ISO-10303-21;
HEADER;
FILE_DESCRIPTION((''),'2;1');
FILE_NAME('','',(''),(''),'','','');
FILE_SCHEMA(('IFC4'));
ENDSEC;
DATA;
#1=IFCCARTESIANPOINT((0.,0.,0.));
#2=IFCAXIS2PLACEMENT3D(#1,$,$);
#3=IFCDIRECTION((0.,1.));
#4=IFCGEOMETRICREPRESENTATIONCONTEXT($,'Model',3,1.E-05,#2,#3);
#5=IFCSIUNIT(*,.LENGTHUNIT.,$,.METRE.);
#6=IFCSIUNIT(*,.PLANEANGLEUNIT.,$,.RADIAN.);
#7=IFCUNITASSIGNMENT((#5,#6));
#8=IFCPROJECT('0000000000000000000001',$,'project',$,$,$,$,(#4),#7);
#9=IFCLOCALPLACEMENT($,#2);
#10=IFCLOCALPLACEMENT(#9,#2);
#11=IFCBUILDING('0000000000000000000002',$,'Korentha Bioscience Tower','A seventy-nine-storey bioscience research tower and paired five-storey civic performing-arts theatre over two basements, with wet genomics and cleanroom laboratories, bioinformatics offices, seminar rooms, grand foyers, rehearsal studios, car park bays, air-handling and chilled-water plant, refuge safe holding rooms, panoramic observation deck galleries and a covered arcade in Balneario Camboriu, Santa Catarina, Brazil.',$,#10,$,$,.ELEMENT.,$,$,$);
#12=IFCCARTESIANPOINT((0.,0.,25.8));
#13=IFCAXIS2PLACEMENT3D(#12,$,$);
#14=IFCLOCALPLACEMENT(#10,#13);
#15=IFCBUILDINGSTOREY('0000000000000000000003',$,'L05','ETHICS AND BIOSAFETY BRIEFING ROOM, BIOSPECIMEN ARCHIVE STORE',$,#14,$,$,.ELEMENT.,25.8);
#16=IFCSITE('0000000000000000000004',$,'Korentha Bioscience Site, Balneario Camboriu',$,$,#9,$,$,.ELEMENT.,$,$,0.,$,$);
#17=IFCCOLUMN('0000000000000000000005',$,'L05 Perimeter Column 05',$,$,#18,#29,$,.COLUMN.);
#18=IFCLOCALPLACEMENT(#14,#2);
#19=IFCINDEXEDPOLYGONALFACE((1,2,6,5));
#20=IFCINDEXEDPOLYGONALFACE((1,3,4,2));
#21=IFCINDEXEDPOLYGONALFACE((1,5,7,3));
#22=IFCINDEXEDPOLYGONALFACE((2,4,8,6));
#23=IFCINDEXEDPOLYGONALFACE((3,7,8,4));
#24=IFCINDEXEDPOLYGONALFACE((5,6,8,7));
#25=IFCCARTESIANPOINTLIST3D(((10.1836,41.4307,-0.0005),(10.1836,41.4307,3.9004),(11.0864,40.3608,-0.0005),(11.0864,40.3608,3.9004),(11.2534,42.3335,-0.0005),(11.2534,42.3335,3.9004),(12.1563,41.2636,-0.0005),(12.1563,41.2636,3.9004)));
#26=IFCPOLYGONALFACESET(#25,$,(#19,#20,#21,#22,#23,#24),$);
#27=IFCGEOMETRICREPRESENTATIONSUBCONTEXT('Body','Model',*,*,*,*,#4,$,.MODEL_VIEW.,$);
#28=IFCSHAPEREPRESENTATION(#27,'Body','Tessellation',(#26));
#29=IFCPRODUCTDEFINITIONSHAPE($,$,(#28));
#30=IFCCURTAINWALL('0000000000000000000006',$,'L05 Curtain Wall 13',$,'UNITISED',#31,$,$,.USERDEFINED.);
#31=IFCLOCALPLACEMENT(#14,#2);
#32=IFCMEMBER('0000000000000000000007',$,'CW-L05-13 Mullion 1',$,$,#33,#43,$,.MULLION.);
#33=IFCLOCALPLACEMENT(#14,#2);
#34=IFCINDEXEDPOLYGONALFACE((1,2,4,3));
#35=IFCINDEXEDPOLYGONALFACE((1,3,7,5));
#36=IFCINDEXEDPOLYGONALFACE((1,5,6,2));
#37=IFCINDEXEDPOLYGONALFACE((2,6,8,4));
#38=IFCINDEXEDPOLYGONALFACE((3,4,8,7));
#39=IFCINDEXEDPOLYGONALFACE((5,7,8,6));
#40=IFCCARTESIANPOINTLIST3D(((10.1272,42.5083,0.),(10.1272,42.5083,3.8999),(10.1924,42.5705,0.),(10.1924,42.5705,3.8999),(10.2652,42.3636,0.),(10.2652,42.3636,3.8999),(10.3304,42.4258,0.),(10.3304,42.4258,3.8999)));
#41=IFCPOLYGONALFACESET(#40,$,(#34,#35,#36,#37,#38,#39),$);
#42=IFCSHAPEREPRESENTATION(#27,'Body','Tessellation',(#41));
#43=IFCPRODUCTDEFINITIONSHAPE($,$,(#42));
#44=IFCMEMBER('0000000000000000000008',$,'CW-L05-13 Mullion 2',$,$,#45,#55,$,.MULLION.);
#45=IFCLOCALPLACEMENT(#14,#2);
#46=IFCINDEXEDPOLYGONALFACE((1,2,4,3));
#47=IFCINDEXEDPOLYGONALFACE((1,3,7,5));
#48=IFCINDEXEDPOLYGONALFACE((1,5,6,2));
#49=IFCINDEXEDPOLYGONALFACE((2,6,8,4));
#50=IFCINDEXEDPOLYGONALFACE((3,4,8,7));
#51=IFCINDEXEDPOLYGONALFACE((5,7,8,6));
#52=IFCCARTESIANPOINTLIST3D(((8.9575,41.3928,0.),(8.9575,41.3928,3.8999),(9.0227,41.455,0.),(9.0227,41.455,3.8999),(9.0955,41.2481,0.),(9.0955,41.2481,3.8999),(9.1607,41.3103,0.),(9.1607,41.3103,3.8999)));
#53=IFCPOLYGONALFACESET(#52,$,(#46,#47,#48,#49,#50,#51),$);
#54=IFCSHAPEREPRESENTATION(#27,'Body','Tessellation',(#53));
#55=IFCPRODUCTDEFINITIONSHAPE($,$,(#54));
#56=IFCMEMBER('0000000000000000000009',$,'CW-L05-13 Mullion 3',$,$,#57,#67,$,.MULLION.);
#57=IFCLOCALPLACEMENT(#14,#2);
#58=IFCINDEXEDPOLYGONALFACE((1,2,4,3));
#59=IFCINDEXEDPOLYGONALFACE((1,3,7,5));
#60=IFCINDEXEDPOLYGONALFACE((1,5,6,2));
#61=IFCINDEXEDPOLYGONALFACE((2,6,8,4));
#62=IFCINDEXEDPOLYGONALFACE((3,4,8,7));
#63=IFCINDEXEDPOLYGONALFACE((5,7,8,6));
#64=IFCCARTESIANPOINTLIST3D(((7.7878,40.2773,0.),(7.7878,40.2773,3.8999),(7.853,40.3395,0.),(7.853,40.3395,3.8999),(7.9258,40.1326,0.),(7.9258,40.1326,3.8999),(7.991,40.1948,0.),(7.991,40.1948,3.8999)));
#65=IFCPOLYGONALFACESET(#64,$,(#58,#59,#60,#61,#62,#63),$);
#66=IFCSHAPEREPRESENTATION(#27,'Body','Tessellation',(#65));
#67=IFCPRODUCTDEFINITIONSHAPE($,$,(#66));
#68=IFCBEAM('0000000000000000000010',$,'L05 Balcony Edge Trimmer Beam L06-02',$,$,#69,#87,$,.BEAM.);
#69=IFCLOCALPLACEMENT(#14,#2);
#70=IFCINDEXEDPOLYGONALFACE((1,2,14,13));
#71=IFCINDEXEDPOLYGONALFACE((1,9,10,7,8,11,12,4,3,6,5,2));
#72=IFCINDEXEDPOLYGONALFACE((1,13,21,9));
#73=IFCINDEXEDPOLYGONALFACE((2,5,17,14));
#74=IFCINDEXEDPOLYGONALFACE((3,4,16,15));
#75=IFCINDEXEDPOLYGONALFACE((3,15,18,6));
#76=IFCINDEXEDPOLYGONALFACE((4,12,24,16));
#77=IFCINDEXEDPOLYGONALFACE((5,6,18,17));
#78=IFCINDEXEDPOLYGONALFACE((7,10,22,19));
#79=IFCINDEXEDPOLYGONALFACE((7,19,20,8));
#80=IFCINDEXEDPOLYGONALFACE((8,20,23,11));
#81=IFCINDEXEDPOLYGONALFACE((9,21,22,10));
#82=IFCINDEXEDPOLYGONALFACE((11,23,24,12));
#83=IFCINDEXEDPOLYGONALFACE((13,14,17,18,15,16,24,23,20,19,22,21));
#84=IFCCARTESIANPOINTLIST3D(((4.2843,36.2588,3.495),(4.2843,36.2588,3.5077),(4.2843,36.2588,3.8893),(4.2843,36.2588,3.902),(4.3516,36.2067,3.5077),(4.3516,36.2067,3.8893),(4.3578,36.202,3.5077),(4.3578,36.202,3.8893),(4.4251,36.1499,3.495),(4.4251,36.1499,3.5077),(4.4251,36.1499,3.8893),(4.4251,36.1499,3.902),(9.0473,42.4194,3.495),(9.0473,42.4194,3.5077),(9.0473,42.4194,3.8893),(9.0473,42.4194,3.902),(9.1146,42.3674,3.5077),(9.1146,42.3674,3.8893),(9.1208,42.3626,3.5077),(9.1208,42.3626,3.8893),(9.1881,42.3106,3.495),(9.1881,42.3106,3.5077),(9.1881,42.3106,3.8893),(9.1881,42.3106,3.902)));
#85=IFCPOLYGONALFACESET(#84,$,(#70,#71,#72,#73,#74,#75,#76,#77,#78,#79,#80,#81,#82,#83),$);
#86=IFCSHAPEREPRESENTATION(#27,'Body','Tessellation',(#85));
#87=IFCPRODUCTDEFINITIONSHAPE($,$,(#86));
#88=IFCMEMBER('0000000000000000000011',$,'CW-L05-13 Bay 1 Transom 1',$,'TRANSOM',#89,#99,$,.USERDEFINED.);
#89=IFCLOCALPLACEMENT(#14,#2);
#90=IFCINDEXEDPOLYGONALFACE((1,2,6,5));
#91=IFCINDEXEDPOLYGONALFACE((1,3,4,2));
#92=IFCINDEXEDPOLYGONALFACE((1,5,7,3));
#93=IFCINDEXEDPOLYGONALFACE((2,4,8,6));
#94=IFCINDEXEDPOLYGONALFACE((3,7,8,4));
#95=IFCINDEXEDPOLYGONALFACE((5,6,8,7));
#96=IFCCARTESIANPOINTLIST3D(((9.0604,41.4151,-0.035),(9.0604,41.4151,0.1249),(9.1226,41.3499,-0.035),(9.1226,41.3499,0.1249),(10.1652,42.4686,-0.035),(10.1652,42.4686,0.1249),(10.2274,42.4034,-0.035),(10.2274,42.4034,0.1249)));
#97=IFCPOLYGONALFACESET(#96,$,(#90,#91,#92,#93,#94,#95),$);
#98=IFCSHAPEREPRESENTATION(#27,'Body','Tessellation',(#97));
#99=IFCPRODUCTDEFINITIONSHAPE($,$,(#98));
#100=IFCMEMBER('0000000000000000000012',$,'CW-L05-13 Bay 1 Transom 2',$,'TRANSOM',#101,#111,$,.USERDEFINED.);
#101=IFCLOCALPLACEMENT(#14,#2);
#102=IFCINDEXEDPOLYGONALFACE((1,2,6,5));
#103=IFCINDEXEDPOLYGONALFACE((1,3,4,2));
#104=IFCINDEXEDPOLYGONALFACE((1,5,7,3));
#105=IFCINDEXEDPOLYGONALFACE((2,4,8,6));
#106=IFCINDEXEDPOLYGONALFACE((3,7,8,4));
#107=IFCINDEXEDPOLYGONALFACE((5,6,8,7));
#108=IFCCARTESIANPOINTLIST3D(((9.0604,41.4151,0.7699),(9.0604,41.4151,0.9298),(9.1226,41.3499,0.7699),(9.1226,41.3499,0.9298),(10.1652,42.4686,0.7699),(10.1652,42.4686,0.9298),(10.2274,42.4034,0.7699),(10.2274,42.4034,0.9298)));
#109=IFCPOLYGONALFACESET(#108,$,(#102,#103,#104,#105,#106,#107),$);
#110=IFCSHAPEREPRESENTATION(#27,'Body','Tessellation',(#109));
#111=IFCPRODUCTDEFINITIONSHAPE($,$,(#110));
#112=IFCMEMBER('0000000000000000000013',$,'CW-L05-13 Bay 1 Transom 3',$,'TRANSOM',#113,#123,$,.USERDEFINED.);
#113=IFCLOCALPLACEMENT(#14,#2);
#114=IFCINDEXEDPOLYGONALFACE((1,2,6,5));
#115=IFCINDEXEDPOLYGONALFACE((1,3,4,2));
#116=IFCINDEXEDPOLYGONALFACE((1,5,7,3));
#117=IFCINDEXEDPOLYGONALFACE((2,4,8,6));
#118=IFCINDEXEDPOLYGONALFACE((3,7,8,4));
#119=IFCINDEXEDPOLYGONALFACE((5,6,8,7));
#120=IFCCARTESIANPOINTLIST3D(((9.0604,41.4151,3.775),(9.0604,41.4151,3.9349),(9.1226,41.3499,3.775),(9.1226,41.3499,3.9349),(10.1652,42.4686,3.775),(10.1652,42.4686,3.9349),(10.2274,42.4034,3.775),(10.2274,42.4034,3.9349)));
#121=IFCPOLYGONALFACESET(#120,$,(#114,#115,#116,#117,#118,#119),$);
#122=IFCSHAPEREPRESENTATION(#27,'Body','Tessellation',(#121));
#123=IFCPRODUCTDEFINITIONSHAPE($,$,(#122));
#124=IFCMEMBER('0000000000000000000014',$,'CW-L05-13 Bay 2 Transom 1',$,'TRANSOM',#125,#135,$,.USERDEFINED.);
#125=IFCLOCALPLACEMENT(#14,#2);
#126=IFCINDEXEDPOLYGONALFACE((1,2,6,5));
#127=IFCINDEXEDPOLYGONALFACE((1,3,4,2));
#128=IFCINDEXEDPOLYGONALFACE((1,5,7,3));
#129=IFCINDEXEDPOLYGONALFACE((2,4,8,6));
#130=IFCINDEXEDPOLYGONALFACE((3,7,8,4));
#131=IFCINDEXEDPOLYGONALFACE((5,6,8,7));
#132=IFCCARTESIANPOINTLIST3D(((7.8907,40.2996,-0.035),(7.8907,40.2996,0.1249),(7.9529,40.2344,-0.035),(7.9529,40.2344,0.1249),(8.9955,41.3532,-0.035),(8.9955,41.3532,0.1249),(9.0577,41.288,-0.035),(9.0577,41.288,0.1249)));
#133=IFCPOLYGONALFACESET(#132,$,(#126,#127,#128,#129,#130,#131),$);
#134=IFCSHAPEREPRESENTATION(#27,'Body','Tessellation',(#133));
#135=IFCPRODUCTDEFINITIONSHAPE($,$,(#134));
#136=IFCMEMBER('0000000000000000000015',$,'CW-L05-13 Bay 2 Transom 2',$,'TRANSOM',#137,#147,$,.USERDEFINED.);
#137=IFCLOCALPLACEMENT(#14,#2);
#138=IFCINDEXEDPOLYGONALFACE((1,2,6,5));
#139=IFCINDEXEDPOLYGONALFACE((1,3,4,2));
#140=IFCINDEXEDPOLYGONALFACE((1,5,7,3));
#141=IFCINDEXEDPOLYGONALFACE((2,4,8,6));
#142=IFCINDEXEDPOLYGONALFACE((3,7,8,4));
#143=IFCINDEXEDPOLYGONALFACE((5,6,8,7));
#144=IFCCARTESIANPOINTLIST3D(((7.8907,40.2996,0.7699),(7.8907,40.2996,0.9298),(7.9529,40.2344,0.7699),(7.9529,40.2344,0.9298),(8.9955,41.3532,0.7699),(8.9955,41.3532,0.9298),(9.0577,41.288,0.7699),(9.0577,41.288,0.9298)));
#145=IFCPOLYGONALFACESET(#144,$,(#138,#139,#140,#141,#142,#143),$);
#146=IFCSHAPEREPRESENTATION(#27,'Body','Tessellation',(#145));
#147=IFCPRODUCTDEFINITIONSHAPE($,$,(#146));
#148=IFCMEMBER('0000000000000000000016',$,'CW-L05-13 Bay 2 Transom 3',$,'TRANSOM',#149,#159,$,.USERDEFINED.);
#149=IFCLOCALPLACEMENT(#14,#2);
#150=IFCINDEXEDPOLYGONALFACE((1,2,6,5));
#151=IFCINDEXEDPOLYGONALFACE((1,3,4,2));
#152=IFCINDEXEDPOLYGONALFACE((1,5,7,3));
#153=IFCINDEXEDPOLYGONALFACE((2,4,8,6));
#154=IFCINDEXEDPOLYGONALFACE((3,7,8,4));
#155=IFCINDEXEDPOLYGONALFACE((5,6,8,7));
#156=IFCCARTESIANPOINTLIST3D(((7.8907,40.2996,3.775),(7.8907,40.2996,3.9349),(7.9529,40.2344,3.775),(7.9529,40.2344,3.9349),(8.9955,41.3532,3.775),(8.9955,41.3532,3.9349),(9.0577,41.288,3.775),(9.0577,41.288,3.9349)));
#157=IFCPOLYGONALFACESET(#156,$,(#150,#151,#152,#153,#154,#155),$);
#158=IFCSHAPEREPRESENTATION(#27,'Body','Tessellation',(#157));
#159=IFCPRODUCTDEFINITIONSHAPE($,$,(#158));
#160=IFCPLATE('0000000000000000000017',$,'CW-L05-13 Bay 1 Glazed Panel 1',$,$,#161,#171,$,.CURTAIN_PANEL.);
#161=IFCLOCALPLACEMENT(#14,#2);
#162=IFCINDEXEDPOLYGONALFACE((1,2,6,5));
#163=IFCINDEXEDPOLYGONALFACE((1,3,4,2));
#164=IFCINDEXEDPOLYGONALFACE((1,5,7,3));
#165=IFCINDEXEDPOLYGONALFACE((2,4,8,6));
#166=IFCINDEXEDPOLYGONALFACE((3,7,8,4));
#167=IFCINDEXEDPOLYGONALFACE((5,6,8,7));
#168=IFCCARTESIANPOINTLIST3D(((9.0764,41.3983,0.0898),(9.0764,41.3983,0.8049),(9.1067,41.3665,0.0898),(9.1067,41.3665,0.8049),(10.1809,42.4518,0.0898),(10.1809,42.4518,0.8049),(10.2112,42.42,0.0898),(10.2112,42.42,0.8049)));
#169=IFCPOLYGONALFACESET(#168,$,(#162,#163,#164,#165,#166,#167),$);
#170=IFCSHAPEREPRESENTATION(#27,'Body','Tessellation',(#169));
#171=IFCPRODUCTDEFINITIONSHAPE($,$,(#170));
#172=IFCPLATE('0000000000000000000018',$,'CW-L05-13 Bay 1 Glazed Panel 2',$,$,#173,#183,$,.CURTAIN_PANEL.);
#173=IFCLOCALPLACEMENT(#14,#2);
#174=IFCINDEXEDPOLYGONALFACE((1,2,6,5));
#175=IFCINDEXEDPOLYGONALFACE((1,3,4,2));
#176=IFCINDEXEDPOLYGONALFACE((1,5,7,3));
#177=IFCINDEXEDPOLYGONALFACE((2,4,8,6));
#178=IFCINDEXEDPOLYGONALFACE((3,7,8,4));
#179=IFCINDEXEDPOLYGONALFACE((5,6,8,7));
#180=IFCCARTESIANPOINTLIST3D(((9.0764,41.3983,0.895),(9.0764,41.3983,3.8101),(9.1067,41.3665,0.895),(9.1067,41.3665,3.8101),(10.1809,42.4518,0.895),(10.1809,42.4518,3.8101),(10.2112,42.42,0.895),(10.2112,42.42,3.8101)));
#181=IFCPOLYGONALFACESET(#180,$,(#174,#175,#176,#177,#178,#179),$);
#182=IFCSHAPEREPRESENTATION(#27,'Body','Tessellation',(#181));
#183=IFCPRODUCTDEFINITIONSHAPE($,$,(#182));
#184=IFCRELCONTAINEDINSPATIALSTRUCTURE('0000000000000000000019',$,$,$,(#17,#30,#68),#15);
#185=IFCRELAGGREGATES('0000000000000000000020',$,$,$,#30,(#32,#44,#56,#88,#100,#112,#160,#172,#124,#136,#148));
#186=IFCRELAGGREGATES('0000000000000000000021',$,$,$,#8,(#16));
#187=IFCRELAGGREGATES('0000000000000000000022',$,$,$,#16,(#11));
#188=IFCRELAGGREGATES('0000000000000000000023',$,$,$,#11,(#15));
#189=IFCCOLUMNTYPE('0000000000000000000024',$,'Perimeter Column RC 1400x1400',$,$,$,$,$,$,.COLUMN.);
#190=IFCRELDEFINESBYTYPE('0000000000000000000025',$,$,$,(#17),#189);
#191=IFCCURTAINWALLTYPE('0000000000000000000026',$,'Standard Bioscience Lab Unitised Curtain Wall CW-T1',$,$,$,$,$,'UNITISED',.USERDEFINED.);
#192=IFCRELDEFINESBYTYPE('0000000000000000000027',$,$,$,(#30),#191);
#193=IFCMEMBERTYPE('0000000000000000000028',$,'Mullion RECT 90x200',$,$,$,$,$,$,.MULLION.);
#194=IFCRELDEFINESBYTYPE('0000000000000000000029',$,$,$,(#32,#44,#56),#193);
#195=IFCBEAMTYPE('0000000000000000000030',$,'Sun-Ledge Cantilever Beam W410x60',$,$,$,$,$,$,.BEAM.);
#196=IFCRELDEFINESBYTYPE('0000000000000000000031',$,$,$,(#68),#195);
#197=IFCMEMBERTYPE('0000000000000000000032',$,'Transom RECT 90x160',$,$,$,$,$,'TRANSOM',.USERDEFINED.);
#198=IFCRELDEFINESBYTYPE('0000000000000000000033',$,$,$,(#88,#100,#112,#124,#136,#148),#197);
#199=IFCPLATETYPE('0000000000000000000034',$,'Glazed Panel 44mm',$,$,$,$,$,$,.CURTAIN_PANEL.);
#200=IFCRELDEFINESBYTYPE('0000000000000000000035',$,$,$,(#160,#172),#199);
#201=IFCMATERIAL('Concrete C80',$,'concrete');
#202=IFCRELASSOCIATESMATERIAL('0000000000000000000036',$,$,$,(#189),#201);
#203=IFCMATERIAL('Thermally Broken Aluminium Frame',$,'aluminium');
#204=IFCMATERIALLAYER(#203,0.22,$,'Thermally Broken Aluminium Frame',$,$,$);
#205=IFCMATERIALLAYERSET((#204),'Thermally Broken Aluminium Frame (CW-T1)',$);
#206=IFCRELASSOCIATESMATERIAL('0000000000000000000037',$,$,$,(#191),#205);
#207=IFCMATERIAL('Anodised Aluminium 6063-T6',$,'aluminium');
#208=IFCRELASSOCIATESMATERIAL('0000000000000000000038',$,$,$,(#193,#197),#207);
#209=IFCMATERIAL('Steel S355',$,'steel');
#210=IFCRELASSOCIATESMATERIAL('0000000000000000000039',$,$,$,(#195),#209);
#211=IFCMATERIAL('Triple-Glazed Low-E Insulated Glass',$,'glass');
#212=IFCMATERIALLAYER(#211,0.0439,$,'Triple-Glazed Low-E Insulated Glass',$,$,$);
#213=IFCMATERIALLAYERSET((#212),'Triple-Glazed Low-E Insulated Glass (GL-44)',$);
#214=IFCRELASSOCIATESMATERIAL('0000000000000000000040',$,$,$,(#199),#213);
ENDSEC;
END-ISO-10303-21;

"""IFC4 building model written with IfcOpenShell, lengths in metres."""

from ifc_helpers import new_model, si_unit, direction, frame, origin, origin_2d, place, context, subcontext, project, spatial, rectangle, i_section, extrude, material, layer, layer_set, material_profile, profile_set, type_object, element, aggregate, save


model = new_model("IFC4")

# Units and contexts
model_context = context("Model", 3, precision=1e-05, world=origin(), true_north=direction((0.0, 1.0)))
body_context = subcontext(model_context, "Body", "Model", "MODEL_VIEW")
ifc_project = project(units=[si_unit("LENGTHUNIT", "METRE"), si_unit("PLANEANGLEUNIT", "RADIAN")], contexts=[model_context])

# Site, building, storey
site_placement = place(None, origin())
site = spatial("IfcSite", under=ifc_project, at=site_placement, Name="Korentha Bioscience Site, Balneario Camboriu", CompositionType="ELEMENT", RefElevation=0.0)
building_placement = place(site_placement, origin())
building = spatial("IfcBuilding", under=site, at=building_placement, Name="Korentha Bioscience Tower", Description="A seventy-nine-storey bioscience research tower and paired five-storey civic performing-arts theatre over two basements, with wet genomics and cleanroom laboratories, bioinformatics offices, seminar rooms, grand foyers, rehearsal studios, car park bays, air-handling and chilled-water plant, refuge safe holding rooms, panoramic observation deck galleries and a covered arcade in Balneario Camboriu, Santa Catarina, Brazil.", CompositionType="ELEMENT")
storey_placement = place(building_placement, frame((0.0, 0.0, 25.8)))
storey = spatial("IfcBuildingStorey", under=building, at=storey_placement, Name="L05", Description="ETHICS AND BIOSAFETY BRIEFING ROOM, BIOSPECIMEN ARCHIVE STORE", CompositionType="ELEMENT", Elevation=25.8)

# Column
ifc_material_1 = material(Name="Concrete C80", Category="concrete")
ifc_material_profile_1 = material_profile(ifc_material_1, rectangle(XDim=1.3999, YDim=1.3999, at=origin_2d()), Name="Concrete C80")
ifc_profile_set_1 = profile_set([ifc_material_profile_1], Name="Concrete C80 (COL-P14)")
column_type = type_object("IfcColumnType", Name="Perimeter Column RC 1400x1400", PredefinedType="COLUMN", material=ifc_profile_set_1)
column_placement = place(storey_placement, frame((11.1699, 41.3472, -0.0005), z_axis=(0.0, 0.0, 1.0), x_axis=(0.764246, 0.644924, 0.0)))
element("IfcColumn", 1, at=column_placement, inside=storey, type_object=column_type, Name="L05 Perimeter Column 05", PredefinedType="COLUMN", context=body_context, shape_type="SweptSolid", body=[
    extrude(rectangle(XDim=1.3999, YDim=1.3999, at=origin_2d()), origin(), (0.0, 0.0, 1.0), 3.9009),
])

# Curtain wall, members
ifc_material_2 = material(Name="Thermally Broken Aluminium Frame", Category="aluminium")
ifc_layer_1 = layer(ifc_material_2, 0.22, Name="Thermally Broken Aluminium Frame")
ifc_layer_set_1 = layer_set([ifc_layer_1], Name="Thermally Broken Aluminium Frame (CW-T1)")
curtain_wall_type = type_object("IfcCurtainWallType", Name="Standard Bioscience Lab Unitised Curtain Wall CW-T1", ElementType="UNITISED", PredefinedType="USERDEFINED", material=ifc_layer_set_1)
curtain_wall_placement = place(storey_placement, origin())
curtain_wall = element("IfcCurtainWall", 2, at=curtain_wall_placement, inside=storey, type_object=curtain_wall_type, Name="L05 Curtain Wall 13", ObjectType="UNITISED", PredefinedType="USERDEFINED")
ifc_material_3 = material(Name="Anodised Aluminium 6063-T6", Category="aluminium")
ifc_material_profile_2 = material_profile(ifc_material_3, rectangle(XDim=0.0901, YDim=0.2, at=origin_2d()), Name="Anodised Aluminium 6063-T6")
ifc_profile_set_2 = profile_set([ifc_material_profile_2], Name="Anodised Aluminium 6063-T6 (CW-MUL)")
member_type_1 = type_object("IfcMemberType", Name="Mullion RECT 90x200", PredefinedType="MULLION", material=ifc_profile_set_2)
member_1_placement = place(storey_placement, frame((10.2288, 42.467, 0.0), z_axis=(0.0, 0.0, 1.0), x_axis=(-0.723642, -0.690176, 0.0)))
member_1 = element("IfcMember", 3, at=member_1_placement, type_object=member_type_1, Name="CW-L05-13 Mullion 1", PredefinedType="MULLION", context=body_context, shape_type="SweptSolid", body=[
    extrude(rectangle(XDim=0.0901, YDim=0.2, at=origin_2d()), origin(), (0.0, 0.0, 1.0), 3.8999),
])
member_2_placement = place(storey_placement, frame((9.0591, 41.3516, 0.0), z_axis=(0.0, 0.0, 1.0), x_axis=(-0.723642, -0.690176, 0.0)))
member_2 = element("IfcMember", 4, at=member_2_placement, type_object=member_type_1, Name="CW-L05-13 Mullion 2", PredefinedType="MULLION", context=body_context, shape_type="SweptSolid", body=[
    extrude(rectangle(XDim=0.0901, YDim=0.2, at=origin_2d()), origin(), (0.0, 0.0, 1.0), 3.8999),
])
member_3_placement = place(storey_placement, frame((7.8894, 40.2361, 0.0), z_axis=(0.0, 0.0, 1.0), x_axis=(-0.723642, -0.690176, 0.0)))
member_3 = element("IfcMember", 5, at=member_3_placement, type_object=member_type_1, Name="CW-L05-13 Mullion 3", PredefinedType="MULLION", context=body_context, shape_type="SweptSolid", body=[
    extrude(rectangle(XDim=0.0901, YDim=0.2, at=origin_2d()), origin(), (0.0, 0.0, 1.0), 3.8999),
])

# Beam
ifc_material_4 = material(Name="Steel S355", Category="steel")
ifc_material_profile_3 = material_profile(ifc_material_4, i_section(OverallWidth=0.178, OverallDepth=0.407, WebThickness=0.0078, FlangeThickness=0.0127, at=origin_2d()), Name="Steel S355")
ifc_profile_set_3 = profile_set([ifc_material_profile_3], Name="Steel S355 (CB-410)")
beam_type = type_object("IfcBeamType", Name="Sun-Ledge Cantilever Beam W410x60", PredefinedType="BEAM", material=ifc_profile_set_3)
beam_placement = place(storey_placement, frame((9.1177, 42.365, 3.6985), z_axis=(-0.611644, -0.791133, 0.0), x_axis=(0.791133, -0.611644, 0.0)))
element("IfcBeam", 6, at=beam_placement, inside=storey, type_object=beam_type, Name="L05 Balcony Edge Trimmer Beam L06-02", PredefinedType="BEAM", context=body_context, shape_type="SweptSolid", body=[
    extrude(i_section(OverallWidth=0.178, OverallDepth=0.407, WebThickness=0.0078, FlangeThickness=0.0127, at=origin_2d()), origin(), (0.0, 0.0, 1.0), 7.7871),
])

# Members
ifc_material_profile_4 = material_profile(ifc_material_3, rectangle(XDim=0.0901, YDim=0.1599, at=origin_2d()), Name="Anodised Aluminium 6063-T6")
ifc_profile_set_4 = profile_set([ifc_material_profile_4], Name="Anodised Aluminium 6063-T6 (CW-TRN)")
member_type_2 = type_object("IfcMemberType", Name="Transom RECT 90x160", ElementType="TRANSOM", PredefinedType="USERDEFINED", material=ifc_profile_set_4)
member_4_placement = place(storey_placement, frame((10.1963, 42.436, 0.0449), z_axis=(-0.7237, -0.690114, 0.0), x_axis=(0.690114, -0.7237, 0.0)))
member_4 = element("IfcMember", 7, at=member_4_placement, type_object=member_type_2, Name="CW-L05-13 Bay 1 Transom 1", ObjectType="TRANSOM", PredefinedType="USERDEFINED", context=body_context, shape_type="SweptSolid", body=[
    extrude(rectangle(XDim=0.0901, YDim=0.1599, at=origin_2d()), origin(), (0.0, 0.0, 1.0), 1.5266),
])
member_5_placement = place(storey_placement, frame((10.1963, 42.436, 0.8499), z_axis=(-0.7237, -0.690114, 0.0), x_axis=(0.690114, -0.7237, 0.0)))
member_5 = element("IfcMember", 8, at=member_5_placement, type_object=member_type_2, Name="CW-L05-13 Bay 1 Transom 2", ObjectType="TRANSOM", PredefinedType="USERDEFINED", context=body_context, shape_type="SweptSolid", body=[
    extrude(rectangle(XDim=0.0901, YDim=0.1599, at=origin_2d()), origin(), (0.0, 0.0, 1.0), 1.5266),
])
member_6_placement = place(storey_placement, frame((10.1963, 42.436, 3.855), z_axis=(-0.7237, -0.690114, 0.0), x_axis=(0.690114, -0.7237, 0.0)))
member_6 = element("IfcMember", 9, at=member_6_placement, type_object=member_type_2, Name="CW-L05-13 Bay 1 Transom 3", ObjectType="TRANSOM", PredefinedType="USERDEFINED", context=body_context, shape_type="SweptSolid", body=[
    extrude(rectangle(XDim=0.0901, YDim=0.1599, at=origin_2d()), origin(), (0.0, 0.0, 1.0), 1.5266),
])
member_7_placement = place(storey_placement, frame((9.0266, 41.3206, 0.0449), z_axis=(-0.7237, -0.690114, 0.0), x_axis=(0.690114, -0.7237, 0.0)))
member_7 = element("IfcMember", 10, at=member_7_placement, type_object=member_type_2, Name="CW-L05-13 Bay 2 Transom 1", ObjectType="TRANSOM", PredefinedType="USERDEFINED", context=body_context, shape_type="SweptSolid", body=[
    extrude(rectangle(XDim=0.0901, YDim=0.1599, at=origin_2d()), origin(), (0.0, 0.0, 1.0), 1.5266),
])
member_8_placement = place(storey_placement, frame((9.0266, 41.3206, 0.8499), z_axis=(-0.7237, -0.690114, 0.0), x_axis=(0.690114, -0.7237, 0.0)))
member_8 = element("IfcMember", 11, at=member_8_placement, type_object=member_type_2, Name="CW-L05-13 Bay 2 Transom 2", ObjectType="TRANSOM", PredefinedType="USERDEFINED", context=body_context, shape_type="SweptSolid", body=[
    extrude(rectangle(XDim=0.0901, YDim=0.1599, at=origin_2d()), origin(), (0.0, 0.0, 1.0), 1.5266),
])
member_9_placement = place(storey_placement, frame((9.0266, 41.3206, 3.855), z_axis=(-0.7237, -0.690114, 0.0), x_axis=(0.690114, -0.7237, 0.0)))
member_9 = element("IfcMember", 12, at=member_9_placement, type_object=member_type_2, Name="CW-L05-13 Bay 2 Transom 3", ObjectType="TRANSOM", PredefinedType="USERDEFINED", context=body_context, shape_type="SweptSolid", body=[
    extrude(rectangle(XDim=0.0901, YDim=0.1599, at=origin_2d()), origin(), (0.0, 0.0, 1.0), 1.5266),
])

# Plates
ifc_material_5 = material(Name="Triple-Glazed Low-E Insulated Glass", Category="glass")
ifc_layer_2 = layer(ifc_material_5, 0.0439, Name="Triple-Glazed Low-E Insulated Glass")
ifc_layer_set_2 = layer_set([ifc_layer_2], Name="Triple-Glazed Low-E Insulated Glass (GL-44)")
plate_type = type_object("IfcPlateType", Name="Glazed Panel 44mm", PredefinedType="CURTAIN_PANEL", material=ifc_layer_set_2)
plate_1_placement = place(storey_placement, frame((9.6438, 41.9092, 0.0898), z_axis=(0.0, 0.0, 1.0), x_axis=(-0.723642, -0.690176, 0.0)))
plate_1 = element("IfcPlate", 13, at=plate_1_placement, type_object=plate_type, Name="CW-L05-13 Bay 1 Glazed Panel 1", PredefinedType="CURTAIN_PANEL", context=body_context, shape_type="SweptSolid", body=[
    extrude(rectangle(XDim=1.5264, YDim=0.0439, at=origin_2d()), origin(), (0.0, 0.0, 1.0), 0.7151),
])
plate_2_placement = place(storey_placement, frame((9.6438, 41.9092, 0.895), z_axis=(0.0, 0.0, 1.0), x_axis=(-0.723642, -0.690176, 0.0)))
plate_2 = element("IfcPlate", 14, at=plate_2_placement, type_object=plate_type, Name="CW-L05-13 Bay 1 Glazed Panel 2", PredefinedType="CURTAIN_PANEL", context=body_context, shape_type="SweptSolid", body=[
    extrude(rectangle(XDim=1.5264, YDim=0.0439, at=origin_2d()), origin(), (0.0, 0.0, 1.0), 2.915),
])
aggregate(curtain_wall, [member_1, member_2, member_3, member_4, member_5, member_6, plate_1, plate_2, member_7, member_8, member_9])

save(model, "model.ifc")
